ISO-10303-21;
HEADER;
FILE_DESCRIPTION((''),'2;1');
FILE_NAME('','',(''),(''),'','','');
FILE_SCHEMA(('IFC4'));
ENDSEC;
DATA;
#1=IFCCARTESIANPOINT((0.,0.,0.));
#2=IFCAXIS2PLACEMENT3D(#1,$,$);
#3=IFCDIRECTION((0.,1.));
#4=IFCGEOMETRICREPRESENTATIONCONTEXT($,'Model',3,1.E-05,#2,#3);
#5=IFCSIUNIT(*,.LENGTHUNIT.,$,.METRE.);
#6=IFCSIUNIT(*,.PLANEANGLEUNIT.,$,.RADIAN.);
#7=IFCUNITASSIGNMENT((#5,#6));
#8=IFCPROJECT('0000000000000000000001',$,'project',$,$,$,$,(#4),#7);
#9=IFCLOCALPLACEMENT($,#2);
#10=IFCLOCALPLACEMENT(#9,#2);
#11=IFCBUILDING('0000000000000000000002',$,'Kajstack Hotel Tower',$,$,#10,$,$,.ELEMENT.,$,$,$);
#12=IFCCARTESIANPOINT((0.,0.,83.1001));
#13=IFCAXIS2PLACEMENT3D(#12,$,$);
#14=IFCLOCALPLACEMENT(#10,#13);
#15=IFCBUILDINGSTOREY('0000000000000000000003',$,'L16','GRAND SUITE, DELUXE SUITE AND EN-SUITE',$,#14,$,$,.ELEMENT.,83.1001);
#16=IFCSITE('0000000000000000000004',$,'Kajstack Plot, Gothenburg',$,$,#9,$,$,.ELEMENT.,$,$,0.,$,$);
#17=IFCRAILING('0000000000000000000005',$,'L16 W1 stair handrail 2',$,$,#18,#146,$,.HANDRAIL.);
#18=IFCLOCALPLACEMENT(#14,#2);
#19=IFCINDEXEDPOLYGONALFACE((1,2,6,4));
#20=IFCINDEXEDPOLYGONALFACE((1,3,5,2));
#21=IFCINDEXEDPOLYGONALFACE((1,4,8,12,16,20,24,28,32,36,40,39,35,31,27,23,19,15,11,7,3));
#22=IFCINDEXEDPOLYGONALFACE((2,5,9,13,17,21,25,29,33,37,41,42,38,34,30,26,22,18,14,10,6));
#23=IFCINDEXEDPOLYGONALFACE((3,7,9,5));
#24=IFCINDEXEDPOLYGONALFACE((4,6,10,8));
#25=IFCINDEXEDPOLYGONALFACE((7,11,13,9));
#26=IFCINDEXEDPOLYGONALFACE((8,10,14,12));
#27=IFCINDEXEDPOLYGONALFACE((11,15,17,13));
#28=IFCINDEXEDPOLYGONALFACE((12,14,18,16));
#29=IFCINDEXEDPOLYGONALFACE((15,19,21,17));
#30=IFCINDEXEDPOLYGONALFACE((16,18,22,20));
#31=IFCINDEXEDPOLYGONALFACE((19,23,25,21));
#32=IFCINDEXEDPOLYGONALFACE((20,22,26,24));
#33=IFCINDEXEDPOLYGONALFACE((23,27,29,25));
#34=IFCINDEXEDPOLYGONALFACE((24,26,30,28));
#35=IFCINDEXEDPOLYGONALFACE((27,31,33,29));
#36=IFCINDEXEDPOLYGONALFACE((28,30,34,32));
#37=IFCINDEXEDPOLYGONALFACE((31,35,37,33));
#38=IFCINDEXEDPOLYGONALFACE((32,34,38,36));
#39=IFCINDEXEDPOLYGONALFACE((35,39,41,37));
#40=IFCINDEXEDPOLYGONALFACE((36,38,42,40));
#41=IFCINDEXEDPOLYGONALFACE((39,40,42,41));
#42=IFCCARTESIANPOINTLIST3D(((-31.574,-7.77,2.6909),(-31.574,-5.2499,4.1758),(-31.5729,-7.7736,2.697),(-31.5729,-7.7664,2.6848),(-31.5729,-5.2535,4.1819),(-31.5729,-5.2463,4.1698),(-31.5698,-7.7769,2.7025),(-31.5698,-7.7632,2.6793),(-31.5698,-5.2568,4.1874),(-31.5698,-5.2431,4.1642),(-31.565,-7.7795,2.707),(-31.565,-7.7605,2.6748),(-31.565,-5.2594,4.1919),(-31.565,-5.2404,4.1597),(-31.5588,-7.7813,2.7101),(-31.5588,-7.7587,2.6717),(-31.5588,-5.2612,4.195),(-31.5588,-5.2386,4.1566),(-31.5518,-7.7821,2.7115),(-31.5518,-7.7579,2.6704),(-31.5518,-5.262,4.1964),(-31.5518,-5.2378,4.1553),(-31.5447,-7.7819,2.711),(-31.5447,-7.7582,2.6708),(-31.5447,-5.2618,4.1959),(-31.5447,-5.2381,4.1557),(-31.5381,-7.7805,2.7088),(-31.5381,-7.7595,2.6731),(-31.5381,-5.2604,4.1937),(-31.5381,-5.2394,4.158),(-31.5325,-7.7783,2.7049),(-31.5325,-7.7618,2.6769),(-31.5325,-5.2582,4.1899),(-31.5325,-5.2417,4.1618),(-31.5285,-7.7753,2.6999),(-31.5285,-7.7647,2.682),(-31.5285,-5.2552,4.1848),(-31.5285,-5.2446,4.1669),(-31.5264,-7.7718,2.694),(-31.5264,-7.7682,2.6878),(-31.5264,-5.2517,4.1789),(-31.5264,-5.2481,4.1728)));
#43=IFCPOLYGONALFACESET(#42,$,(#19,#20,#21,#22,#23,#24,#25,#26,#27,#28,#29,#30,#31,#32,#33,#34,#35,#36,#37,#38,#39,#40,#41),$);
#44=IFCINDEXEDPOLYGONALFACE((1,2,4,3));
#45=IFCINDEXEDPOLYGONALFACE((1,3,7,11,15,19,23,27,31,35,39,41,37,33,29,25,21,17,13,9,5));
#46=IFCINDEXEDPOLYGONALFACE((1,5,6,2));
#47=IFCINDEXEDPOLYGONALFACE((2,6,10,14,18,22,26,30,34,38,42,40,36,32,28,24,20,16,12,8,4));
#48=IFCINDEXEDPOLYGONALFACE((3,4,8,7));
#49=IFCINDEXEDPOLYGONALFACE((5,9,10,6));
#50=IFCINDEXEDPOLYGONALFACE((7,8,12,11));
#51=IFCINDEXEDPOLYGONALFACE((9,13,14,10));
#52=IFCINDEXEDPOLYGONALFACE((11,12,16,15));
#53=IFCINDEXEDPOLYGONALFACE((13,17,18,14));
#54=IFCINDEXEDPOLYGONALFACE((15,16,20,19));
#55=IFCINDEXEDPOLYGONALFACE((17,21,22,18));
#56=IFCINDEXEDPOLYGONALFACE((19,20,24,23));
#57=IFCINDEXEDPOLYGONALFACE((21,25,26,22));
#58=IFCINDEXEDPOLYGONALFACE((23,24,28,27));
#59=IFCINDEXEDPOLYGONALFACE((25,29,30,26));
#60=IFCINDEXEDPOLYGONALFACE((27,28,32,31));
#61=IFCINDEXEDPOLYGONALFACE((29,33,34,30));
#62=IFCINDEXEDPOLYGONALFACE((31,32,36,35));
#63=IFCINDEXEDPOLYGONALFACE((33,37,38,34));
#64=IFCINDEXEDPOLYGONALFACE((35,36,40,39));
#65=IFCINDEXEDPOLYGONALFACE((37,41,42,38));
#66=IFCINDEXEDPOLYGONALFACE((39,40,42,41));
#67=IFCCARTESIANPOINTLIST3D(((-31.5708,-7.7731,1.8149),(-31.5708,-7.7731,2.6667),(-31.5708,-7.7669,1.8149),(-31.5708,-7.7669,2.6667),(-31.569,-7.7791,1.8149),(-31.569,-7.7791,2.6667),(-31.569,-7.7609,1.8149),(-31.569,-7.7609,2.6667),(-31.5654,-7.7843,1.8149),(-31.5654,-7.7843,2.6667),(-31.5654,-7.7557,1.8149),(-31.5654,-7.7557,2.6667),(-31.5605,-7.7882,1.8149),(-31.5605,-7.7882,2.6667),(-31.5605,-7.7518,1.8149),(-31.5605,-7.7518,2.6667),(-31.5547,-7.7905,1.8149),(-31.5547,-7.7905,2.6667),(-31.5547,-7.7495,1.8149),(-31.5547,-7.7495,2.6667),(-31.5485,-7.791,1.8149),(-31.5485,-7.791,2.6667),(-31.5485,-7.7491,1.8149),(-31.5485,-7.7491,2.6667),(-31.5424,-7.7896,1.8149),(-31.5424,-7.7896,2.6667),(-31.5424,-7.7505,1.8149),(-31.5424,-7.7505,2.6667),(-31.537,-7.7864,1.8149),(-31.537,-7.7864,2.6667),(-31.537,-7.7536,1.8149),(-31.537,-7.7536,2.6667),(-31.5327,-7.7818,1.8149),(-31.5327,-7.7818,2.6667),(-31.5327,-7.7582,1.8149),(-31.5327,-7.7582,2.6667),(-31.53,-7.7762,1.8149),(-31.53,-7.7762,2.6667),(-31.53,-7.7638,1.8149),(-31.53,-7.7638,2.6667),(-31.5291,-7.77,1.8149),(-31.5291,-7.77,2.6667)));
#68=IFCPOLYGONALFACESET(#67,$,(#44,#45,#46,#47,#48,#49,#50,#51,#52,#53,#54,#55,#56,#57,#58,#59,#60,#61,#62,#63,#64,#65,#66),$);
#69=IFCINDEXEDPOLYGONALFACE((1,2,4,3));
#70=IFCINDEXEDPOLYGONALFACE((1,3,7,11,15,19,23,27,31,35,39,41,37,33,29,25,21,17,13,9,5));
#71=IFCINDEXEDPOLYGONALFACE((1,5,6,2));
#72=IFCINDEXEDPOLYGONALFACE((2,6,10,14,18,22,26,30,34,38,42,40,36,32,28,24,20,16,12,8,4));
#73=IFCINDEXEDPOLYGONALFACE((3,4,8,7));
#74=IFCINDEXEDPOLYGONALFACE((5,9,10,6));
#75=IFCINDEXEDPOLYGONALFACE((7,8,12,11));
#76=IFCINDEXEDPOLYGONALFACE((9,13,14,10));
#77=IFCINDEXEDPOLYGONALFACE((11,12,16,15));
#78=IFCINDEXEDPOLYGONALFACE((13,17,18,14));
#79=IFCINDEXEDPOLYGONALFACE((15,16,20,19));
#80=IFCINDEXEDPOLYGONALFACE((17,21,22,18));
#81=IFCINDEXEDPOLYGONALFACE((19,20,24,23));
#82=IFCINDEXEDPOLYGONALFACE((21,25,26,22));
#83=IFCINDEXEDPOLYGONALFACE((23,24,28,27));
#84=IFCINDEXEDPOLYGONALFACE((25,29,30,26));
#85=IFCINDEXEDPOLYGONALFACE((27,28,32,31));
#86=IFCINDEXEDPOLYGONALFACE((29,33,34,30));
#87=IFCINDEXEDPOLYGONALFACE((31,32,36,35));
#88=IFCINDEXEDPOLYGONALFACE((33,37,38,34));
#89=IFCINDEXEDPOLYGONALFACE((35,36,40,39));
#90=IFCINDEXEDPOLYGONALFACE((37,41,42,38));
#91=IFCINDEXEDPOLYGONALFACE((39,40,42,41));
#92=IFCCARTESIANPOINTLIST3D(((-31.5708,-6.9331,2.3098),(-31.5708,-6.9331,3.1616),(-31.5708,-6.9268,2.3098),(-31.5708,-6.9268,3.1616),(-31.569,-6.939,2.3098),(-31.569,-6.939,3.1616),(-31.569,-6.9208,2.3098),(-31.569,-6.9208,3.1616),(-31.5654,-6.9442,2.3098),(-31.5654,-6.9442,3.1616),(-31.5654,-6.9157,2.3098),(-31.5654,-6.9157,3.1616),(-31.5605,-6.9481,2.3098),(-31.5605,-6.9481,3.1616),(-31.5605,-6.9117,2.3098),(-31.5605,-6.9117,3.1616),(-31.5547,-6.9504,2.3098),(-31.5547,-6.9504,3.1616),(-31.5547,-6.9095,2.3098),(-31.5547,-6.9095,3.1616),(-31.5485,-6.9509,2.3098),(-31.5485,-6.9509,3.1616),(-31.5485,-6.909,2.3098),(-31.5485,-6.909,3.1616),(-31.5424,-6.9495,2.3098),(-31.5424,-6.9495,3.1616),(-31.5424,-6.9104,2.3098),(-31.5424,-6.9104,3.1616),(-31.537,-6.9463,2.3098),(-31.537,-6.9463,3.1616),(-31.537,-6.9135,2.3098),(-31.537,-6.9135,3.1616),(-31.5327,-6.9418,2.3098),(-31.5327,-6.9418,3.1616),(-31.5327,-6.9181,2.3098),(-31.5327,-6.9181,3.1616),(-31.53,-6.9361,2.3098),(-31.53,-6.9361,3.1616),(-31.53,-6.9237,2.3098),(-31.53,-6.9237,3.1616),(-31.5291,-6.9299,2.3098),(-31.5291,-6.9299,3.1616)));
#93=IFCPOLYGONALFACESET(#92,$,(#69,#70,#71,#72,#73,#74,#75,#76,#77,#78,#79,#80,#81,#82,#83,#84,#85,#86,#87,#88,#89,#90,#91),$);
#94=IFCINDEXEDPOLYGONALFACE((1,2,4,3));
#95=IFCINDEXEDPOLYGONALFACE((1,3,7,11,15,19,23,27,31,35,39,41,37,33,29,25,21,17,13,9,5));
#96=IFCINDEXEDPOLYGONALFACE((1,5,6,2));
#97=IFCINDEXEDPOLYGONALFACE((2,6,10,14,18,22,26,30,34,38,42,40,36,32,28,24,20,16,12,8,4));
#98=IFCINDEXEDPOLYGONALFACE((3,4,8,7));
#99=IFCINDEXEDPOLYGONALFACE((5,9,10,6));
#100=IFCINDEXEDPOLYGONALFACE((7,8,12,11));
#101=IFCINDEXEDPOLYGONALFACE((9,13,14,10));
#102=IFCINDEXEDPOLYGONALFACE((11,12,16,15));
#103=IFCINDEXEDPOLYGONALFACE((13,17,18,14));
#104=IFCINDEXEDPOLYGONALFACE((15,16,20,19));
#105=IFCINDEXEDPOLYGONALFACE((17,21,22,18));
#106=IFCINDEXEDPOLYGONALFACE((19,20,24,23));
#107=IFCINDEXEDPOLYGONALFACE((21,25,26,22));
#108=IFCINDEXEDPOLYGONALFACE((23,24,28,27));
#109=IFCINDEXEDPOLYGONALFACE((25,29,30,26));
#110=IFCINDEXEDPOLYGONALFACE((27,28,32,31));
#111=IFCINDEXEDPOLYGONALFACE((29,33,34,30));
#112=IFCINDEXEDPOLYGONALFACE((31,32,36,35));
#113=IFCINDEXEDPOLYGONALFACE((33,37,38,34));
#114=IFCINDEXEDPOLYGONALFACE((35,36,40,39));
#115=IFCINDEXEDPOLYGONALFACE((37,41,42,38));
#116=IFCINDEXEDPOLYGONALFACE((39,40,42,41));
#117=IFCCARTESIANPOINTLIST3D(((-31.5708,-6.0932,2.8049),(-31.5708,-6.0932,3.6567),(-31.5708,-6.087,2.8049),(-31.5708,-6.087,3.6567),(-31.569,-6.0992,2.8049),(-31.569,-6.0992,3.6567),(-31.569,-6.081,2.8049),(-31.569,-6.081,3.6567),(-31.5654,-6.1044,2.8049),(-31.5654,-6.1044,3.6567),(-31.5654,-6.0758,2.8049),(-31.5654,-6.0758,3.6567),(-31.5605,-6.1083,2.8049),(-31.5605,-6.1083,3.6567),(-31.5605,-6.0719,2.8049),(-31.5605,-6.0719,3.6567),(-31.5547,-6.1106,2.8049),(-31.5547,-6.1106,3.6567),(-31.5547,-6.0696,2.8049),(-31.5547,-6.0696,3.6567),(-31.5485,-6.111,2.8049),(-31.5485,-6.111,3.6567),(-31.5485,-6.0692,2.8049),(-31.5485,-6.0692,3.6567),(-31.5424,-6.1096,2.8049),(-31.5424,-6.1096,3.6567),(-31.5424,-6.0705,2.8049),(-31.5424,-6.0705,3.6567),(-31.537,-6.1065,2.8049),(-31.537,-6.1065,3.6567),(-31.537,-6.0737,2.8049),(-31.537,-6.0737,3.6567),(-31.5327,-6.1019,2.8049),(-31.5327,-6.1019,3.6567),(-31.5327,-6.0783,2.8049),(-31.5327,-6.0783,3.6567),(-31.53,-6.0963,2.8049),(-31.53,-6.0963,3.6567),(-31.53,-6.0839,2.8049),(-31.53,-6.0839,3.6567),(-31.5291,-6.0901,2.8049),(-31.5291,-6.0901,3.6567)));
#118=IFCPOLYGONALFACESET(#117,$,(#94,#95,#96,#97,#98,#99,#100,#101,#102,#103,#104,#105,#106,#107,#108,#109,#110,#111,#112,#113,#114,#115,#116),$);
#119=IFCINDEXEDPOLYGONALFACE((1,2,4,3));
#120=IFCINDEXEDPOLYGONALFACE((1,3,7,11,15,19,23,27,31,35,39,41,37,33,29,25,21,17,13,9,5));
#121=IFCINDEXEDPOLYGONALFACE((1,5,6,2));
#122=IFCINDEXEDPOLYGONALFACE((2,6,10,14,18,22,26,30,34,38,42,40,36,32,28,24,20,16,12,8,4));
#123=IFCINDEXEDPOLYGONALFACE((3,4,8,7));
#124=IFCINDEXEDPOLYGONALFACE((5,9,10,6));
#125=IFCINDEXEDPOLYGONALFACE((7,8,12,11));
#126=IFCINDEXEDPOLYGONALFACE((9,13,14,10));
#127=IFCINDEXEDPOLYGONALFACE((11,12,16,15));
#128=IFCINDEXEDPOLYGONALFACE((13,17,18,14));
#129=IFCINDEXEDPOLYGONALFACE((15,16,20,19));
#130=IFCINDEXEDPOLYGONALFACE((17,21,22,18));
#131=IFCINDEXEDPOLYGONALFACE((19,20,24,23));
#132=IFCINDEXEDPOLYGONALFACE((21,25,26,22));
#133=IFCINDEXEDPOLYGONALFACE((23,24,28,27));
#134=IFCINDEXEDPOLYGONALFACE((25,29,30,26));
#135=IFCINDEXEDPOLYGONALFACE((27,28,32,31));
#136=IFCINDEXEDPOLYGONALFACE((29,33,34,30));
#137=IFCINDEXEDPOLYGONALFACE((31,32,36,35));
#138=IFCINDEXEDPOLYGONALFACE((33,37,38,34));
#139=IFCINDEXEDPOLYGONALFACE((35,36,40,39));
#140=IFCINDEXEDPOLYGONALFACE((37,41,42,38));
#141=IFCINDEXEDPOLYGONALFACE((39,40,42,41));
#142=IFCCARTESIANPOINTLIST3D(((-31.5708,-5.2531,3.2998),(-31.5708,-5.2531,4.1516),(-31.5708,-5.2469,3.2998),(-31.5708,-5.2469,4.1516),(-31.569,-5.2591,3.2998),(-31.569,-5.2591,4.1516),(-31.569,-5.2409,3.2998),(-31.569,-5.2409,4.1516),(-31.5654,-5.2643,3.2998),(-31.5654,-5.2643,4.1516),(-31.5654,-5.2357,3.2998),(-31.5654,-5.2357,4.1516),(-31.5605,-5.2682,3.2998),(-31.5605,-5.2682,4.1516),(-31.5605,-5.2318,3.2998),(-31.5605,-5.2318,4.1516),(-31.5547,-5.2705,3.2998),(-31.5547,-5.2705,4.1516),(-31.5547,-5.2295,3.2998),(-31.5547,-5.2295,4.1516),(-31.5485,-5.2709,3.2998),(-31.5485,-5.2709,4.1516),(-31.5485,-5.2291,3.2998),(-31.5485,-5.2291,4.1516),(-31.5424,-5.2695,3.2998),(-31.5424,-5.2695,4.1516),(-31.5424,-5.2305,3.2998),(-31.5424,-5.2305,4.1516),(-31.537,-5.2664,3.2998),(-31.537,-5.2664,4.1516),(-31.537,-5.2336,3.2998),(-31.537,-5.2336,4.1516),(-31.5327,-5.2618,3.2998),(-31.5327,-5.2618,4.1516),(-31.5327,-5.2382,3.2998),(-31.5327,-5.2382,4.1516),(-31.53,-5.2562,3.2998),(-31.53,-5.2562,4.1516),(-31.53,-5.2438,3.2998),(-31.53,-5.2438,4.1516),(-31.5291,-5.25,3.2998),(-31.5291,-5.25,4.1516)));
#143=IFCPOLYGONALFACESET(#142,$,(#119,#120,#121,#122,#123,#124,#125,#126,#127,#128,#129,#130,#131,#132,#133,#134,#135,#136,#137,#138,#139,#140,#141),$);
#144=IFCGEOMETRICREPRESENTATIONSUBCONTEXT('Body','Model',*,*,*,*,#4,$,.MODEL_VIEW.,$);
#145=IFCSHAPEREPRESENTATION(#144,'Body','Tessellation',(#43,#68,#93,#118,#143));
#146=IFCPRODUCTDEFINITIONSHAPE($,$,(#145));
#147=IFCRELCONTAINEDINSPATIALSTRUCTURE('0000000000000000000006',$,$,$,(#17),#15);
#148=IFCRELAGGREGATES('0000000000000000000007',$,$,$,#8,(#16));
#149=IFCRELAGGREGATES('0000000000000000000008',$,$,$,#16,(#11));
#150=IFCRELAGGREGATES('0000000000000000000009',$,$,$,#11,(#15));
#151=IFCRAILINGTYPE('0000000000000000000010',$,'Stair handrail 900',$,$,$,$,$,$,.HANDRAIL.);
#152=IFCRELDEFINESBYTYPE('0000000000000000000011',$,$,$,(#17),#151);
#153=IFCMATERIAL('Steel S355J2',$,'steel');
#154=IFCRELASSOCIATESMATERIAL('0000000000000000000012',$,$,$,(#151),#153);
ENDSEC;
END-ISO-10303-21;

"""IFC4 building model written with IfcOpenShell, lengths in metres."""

from ifc_helpers import new_model, si_unit, direction, frame, origin, origin_2d, place, context, subcontext, project, spatial, circle, extrude, material, type_object, element, save


model = new_model("IFC4")

# Units and contexts
model_context = context("Model", 3, precision=1e-05, world=origin(), true_north=direction((0.0, 1.0)))
body_context = subcontext(model_context, "Body", "Model", "MODEL_VIEW")
ifc_project = project(units=[si_unit("LENGTHUNIT", "METRE"), si_unit("PLANEANGLEUNIT", "RADIAN")], contexts=[model_context])

# Site, building, storey
site_placement = place(None, origin())
site = spatial("IfcSite", under=ifc_project, at=site_placement, Name="Kajstack Plot, Gothenburg", CompositionType="ELEMENT", RefElevation=0.0)
building_placement = place(site_placement, origin())
building = spatial("IfcBuilding", under=site, at=building_placement, Name="Kajstack Hotel Tower", CompositionType="ELEMENT")
storey_placement = place(building_placement, frame((0.0, 0.0, 83.1001)))
storey = spatial("IfcBuildingStorey", under=building, at=storey_placement, Name="L16", Description="GRAND SUITE, DELUXE SUITE AND EN-SUITE", CompositionType="ELEMENT", Elevation=83.1001)

# Railing
ifc_material_1 = material(Name="Steel S355J2", Category="steel")
railing_type_1 = type_object("IfcRailingType", Name="Stair handrail 900", PredefinedType="HANDRAIL", material=ifc_material_1)
railing_1_placement = place(storey_placement, frame((-31.55, -7.77, 1.8149)))
element("IfcRailing", 1, at=railing_1_placement, inside=storey, type_object=railing_type_1, Name="L16 W1 stair handrail 2", PredefinedType="HANDRAIL", context=body_context, shape_type="SweptSolid", body=[
    extrude(circle(Radius=0.0239, at=origin_2d()), frame((0.0, 0.0, 0.876), z_axis=(0.0, 0.861561, 0.507655), x_axis=(-1.0, 0.0, 0.0)), (0.0, 0.0, 1.0), 2.925),
    extrude(circle(Radius=0.021, at=origin_2d()), origin(), (0.0, 0.0, 1.0), 0.8518),
    extrude(circle(Radius=0.021, at=origin_2d()), frame((0.0, 0.8401, 0.4949)), (0.0, 0.0, 1.0), 0.8518),
    extrude(circle(Radius=0.021, at=origin_2d()), frame((0.0, 1.6799, 0.99)), (0.0, 0.0, 1.0), 0.8518),
    extrude(circle(Radius=0.021, at=origin_2d()), frame((0.0, 2.52, 1.4849)), (0.0, 0.0, 1.0), 0.8518),
])

save(model, "model.ifc")
